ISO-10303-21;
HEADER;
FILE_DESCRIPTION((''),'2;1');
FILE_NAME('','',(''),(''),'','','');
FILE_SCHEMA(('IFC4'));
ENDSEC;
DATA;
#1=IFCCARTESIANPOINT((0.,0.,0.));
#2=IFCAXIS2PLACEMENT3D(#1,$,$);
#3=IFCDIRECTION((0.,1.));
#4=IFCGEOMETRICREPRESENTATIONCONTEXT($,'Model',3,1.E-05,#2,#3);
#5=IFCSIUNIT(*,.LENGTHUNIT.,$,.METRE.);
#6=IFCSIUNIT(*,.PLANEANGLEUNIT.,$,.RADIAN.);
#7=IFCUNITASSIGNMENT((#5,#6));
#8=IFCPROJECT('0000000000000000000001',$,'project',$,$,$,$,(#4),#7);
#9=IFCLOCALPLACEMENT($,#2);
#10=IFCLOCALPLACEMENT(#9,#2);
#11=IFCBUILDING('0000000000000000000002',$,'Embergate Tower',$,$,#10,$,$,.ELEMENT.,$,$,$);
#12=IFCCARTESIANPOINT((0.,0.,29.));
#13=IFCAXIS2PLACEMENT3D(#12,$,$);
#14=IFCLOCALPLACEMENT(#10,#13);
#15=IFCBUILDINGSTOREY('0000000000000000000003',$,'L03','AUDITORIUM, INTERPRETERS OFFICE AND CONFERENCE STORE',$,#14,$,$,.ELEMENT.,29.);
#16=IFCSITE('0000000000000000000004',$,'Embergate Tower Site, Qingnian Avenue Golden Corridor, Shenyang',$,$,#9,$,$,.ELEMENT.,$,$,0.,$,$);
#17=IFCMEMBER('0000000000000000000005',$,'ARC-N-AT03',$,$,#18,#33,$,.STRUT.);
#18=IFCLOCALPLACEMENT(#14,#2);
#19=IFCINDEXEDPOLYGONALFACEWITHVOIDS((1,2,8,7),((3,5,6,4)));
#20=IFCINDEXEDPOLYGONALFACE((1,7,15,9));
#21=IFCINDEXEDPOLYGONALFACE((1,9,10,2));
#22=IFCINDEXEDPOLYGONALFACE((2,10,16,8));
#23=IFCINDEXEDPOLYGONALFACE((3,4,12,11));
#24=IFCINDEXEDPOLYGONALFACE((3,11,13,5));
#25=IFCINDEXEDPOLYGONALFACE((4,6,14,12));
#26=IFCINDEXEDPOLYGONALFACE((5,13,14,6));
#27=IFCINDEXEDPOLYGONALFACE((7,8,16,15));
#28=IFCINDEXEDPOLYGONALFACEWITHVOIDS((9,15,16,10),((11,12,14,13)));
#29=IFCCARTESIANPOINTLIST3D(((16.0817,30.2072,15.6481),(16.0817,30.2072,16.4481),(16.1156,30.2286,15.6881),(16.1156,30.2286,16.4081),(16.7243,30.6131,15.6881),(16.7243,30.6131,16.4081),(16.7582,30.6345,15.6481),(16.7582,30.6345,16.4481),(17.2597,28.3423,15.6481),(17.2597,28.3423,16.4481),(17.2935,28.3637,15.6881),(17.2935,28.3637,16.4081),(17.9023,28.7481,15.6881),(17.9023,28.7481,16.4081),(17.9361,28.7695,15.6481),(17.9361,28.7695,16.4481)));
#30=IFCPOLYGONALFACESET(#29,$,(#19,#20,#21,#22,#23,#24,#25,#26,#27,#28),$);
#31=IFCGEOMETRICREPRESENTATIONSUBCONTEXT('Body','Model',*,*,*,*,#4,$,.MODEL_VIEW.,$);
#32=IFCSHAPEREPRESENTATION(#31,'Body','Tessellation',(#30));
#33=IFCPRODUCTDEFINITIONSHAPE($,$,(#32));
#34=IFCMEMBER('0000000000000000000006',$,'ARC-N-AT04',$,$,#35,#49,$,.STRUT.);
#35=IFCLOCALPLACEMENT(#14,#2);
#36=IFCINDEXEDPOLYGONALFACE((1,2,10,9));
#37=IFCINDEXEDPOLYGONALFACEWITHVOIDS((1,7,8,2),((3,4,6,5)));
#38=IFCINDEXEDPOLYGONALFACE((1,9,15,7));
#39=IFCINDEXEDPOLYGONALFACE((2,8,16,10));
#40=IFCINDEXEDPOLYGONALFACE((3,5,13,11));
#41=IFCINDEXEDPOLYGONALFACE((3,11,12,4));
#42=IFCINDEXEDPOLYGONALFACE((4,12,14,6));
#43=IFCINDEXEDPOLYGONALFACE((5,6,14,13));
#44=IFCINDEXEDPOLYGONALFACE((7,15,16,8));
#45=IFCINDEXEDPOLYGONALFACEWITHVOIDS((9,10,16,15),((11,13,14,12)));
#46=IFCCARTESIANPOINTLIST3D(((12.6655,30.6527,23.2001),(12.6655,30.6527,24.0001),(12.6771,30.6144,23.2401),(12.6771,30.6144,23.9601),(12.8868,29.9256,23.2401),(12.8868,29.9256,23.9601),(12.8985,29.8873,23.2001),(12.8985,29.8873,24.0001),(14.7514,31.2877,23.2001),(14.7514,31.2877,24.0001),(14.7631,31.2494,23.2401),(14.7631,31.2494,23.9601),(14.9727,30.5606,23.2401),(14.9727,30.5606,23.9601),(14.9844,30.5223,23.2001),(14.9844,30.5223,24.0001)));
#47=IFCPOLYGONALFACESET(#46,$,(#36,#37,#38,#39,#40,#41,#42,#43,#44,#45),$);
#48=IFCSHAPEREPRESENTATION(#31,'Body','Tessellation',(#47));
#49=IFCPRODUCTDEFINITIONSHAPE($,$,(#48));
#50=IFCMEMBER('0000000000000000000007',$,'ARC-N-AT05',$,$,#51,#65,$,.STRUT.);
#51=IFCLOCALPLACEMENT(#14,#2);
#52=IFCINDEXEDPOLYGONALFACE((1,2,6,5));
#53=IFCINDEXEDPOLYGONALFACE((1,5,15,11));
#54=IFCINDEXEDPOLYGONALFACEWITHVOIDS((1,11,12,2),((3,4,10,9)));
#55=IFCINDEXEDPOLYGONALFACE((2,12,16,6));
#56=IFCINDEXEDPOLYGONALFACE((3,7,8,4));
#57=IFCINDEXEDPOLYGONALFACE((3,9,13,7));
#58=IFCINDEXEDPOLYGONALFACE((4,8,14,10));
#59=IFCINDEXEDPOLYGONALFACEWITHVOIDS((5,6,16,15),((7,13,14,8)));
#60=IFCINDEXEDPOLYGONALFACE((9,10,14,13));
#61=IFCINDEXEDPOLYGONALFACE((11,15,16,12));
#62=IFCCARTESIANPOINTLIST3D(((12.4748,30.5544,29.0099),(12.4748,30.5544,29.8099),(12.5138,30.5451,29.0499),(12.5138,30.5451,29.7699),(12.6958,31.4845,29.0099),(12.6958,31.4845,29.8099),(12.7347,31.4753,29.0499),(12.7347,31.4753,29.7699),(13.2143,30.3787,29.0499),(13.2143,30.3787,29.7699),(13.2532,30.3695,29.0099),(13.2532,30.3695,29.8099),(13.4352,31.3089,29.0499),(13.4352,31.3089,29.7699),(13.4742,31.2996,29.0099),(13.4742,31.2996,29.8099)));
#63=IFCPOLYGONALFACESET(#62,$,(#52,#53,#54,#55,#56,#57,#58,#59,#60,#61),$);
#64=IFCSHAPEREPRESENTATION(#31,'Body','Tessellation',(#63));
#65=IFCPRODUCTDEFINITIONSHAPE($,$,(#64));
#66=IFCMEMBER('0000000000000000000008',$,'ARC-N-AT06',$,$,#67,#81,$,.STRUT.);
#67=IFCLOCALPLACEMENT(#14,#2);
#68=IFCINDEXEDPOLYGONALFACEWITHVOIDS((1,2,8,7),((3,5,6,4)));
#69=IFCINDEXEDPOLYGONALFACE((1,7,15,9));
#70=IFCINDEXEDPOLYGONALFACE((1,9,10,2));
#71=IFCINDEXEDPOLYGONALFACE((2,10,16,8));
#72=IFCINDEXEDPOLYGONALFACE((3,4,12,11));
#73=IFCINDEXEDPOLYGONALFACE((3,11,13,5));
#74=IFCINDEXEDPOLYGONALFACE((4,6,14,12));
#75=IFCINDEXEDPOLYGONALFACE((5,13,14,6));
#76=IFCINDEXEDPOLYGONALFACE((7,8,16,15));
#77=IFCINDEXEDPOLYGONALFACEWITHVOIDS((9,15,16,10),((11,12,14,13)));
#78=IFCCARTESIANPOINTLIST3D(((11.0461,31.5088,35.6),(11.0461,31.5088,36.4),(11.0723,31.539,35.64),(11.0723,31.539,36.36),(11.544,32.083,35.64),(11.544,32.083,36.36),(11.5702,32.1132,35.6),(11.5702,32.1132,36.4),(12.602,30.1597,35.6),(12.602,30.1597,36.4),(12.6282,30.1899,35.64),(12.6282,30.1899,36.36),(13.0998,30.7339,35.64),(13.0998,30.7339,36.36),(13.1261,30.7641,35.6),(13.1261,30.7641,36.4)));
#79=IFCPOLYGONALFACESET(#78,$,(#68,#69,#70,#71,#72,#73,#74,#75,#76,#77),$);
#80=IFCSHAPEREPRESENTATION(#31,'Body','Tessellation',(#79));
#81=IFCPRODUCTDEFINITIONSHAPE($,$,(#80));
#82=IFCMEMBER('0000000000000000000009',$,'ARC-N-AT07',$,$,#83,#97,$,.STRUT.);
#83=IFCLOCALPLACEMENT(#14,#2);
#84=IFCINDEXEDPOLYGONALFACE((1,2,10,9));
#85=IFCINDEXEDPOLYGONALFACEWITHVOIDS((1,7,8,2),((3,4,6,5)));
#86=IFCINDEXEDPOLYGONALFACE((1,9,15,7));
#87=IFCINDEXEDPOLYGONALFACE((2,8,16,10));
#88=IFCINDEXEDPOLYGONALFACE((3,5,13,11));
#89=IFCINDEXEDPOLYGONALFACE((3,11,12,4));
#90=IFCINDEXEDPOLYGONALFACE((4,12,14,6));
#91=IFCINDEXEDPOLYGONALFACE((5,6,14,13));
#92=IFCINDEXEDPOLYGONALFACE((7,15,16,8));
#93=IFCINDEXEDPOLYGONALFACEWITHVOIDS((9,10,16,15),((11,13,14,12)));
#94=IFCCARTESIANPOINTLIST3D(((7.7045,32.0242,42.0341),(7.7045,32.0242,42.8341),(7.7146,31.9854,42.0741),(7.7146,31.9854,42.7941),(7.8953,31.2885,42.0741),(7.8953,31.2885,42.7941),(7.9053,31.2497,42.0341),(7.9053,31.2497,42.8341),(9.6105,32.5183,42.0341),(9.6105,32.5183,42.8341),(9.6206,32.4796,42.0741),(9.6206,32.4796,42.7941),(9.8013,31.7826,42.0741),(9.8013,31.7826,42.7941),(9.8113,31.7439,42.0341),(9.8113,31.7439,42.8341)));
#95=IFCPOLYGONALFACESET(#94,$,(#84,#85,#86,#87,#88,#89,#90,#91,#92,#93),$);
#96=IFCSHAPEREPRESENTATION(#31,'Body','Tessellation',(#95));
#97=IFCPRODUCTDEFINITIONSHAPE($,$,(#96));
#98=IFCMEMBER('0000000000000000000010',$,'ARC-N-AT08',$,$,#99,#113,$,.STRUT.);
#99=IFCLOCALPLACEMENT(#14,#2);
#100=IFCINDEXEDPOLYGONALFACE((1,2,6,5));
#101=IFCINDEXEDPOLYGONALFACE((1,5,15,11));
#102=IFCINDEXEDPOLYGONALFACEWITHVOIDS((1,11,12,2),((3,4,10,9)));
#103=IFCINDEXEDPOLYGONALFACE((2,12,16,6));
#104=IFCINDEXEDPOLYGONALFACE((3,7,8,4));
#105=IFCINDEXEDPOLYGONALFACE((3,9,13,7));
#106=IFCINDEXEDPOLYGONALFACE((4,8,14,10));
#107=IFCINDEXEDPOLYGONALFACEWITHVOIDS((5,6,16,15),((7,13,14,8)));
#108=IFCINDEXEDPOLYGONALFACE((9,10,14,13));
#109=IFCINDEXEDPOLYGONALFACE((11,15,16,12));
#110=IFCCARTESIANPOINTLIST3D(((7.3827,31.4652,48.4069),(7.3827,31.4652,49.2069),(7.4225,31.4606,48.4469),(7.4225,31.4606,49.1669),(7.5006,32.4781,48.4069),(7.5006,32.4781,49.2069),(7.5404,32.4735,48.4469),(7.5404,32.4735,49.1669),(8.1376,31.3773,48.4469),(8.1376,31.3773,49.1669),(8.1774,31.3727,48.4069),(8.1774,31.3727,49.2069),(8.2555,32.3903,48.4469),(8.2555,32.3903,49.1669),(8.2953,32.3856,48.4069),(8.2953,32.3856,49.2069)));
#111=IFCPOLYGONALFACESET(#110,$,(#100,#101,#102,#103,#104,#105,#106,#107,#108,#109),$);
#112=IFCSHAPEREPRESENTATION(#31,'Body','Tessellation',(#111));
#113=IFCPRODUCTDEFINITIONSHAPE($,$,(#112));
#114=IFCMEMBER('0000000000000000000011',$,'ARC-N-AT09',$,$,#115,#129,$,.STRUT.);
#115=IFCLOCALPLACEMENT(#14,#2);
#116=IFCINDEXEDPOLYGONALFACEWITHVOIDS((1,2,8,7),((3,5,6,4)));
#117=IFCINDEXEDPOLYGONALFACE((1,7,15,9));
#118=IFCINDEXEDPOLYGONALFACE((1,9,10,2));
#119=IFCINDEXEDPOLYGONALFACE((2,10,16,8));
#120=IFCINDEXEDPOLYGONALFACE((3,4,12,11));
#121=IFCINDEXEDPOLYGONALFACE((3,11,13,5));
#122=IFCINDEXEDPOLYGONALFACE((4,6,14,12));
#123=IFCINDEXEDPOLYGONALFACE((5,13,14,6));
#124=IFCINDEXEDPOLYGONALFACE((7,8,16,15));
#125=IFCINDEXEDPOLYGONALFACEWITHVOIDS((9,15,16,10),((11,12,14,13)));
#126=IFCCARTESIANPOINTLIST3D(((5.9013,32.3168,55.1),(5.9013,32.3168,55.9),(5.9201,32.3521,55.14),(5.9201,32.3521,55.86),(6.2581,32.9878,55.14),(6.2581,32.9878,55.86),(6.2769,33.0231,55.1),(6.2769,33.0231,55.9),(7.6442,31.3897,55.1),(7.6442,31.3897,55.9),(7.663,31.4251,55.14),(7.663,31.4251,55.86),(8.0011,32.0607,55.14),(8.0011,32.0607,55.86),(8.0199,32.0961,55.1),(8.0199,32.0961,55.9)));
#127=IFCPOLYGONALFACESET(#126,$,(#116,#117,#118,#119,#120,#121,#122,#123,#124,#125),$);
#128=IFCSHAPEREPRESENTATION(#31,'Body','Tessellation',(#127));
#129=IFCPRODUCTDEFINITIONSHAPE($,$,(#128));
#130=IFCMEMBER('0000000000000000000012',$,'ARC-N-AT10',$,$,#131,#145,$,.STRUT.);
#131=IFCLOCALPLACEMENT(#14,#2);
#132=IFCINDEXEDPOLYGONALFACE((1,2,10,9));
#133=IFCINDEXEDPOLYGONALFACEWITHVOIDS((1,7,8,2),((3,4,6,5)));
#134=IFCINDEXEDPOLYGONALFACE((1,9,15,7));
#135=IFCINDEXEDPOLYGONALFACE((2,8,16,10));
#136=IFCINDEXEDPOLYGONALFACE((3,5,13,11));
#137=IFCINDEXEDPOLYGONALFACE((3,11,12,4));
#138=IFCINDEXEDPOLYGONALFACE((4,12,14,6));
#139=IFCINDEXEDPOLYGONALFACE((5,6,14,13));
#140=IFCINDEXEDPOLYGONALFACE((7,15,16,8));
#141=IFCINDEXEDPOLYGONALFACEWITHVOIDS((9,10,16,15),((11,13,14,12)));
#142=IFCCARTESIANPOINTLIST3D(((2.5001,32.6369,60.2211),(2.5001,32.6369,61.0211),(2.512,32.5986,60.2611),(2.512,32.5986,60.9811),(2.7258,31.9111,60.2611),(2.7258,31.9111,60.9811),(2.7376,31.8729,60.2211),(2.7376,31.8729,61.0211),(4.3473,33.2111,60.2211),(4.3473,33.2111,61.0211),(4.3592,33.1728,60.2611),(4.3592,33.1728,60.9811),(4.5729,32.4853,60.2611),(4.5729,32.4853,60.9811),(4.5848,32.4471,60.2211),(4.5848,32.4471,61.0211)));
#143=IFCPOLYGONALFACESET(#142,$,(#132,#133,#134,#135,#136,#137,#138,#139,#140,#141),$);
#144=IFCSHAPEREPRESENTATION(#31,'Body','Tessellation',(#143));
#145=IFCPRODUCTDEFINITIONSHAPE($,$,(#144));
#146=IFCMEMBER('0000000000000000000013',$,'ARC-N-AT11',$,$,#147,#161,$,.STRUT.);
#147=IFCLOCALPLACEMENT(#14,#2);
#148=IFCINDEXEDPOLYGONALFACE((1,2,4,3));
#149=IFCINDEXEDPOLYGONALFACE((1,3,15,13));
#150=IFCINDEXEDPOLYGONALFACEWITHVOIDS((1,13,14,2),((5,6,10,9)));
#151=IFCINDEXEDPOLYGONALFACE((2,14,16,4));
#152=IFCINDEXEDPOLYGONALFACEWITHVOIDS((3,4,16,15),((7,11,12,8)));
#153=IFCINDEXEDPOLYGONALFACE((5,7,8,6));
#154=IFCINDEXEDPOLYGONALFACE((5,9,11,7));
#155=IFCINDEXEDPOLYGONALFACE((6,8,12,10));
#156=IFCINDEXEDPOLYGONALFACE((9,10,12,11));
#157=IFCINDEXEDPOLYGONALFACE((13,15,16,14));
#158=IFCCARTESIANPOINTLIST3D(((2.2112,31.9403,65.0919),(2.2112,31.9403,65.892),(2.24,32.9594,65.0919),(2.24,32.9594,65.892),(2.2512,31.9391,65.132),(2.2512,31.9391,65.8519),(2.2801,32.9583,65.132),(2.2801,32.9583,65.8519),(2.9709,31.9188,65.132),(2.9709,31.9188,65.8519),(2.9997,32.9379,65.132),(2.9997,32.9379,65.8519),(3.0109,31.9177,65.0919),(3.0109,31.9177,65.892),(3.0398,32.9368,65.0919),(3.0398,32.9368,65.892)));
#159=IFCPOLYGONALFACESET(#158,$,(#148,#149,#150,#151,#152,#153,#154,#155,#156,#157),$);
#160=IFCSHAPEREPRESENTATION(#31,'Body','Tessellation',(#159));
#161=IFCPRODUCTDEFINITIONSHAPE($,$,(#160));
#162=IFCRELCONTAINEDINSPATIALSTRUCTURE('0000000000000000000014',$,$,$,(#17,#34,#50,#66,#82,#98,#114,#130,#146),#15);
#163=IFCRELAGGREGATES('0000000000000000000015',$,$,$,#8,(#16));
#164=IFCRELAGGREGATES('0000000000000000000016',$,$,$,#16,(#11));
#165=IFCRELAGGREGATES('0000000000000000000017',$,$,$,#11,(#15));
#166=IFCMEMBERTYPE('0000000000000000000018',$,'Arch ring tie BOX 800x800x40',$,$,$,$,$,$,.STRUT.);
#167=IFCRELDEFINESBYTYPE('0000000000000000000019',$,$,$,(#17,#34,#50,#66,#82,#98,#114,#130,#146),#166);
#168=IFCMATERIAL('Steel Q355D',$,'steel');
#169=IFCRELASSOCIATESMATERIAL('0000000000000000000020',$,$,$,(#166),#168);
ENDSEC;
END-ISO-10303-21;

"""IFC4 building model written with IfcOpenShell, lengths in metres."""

from ifc_helpers import new_model, si_unit, direction, frame, origin, origin_2d, place, context, subcontext, project, spatial, hollow_rectangle, extrude, source, transform, mapped, material, material_profile, profile_set, type_object, element, save


model = new_model("IFC4")

# Units and contexts
model_context = context("Model", 3, precision=1e-05, world=origin(), true_north=direction((0.0, 1.0)))
body_context = subcontext(model_context, "Body", "Model", "MODEL_VIEW")
ifc_project = project(units=[si_unit("LENGTHUNIT", "METRE"), si_unit("PLANEANGLEUNIT", "RADIAN")], contexts=[model_context])

# Site, building, storey
site_placement = place(None, origin())
site = spatial("IfcSite", under=ifc_project, at=site_placement, Name="Embergate Tower Site, Qingnian Avenue Golden Corridor, Shenyang", CompositionType="ELEMENT", RefElevation=0.0)
building_placement = place(site_placement, origin())
building = spatial("IfcBuilding", under=site, at=building_placement, Name="Embergate Tower", CompositionType="ELEMENT")
storey_placement = place(building_placement, frame((0.0, 0.0, 29.0)))
storey = spatial("IfcBuildingStorey", under=building, at=storey_placement, Name="L03", Description="AUDITORIUM, INTERPRETERS OFFICE AND CONFERENCE STORE", CompositionType="ELEMENT", Elevation=29.0)

# Members
ifc_material_1 = material(Name="Steel Q355D", Category="steel")
ifc_material_profile_1 = material_profile(ifc_material_1, hollow_rectangle(XDim=0.8, YDim=0.8, WallThickness=0.04, at=origin_2d()), Name="BOX 800x800x40")
ifc_profile_set_1 = profile_set([ifc_material_profile_1], Name="Steel Q355 grade D")
member_type_1 = type_object("IfcMemberType", Name="Arch ring tie BOX 800x800x40", PredefinedType="STRUT", material=ifc_profile_set_1)
shared_shape_1 = source(origin(), body_context, "Body", "SweptSolid", [
    extrude(hollow_rectangle(XDim=0.8, YDim=0.8, WallThickness=0.04, at=origin_2d()), origin(), (0.0, 0.0, 1.0), 2.2058),
])
member_1_placement = place(storey_placement, frame((17.5979, 28.5559, 16.0481), z_axis=(-0.534022, 0.84547, 0.0), x_axis=(-0.84547, -0.534022, 0.0)))
element("IfcMember", 1, at=member_1_placement, inside=storey, type_object=member_type_1, Name="ARC-N-AT03", PredefinedType="STRUT", context=body_context, shape_type="MappedRepresentation", body=[
    mapped(shared_shape_1, transform((0.0, 0.0, 0.0))),
])
shared_shape_2 = source(origin(), body_context, "Body", "SweptSolid", [
    extrude(hollow_rectangle(XDim=0.8, YDim=0.8, WallThickness=0.04, at=origin_2d()), origin(), (0.0, 0.0, 1.0), 2.1804),
])
member_2_placement = place(storey_placement, frame((12.782, 30.27, 23.6001), z_axis=(0.956654, 0.291228, 0.0), x_axis=(-0.291228, 0.956654, 0.0)))
element("IfcMember", 2, at=member_2_placement, inside=storey, type_object=member_type_1, Name="ARC-N-AT04", PredefinedType="STRUT", context=body_context, shape_type="MappedRepresentation", body=[
    mapped(shared_shape_2, transform((0.0, 0.0, 0.0))),
])
shared_shape_3 = source(origin(), body_context, "Body", "SweptSolid", [
    extrude(hollow_rectangle(XDim=0.8, YDim=0.8, WallThickness=0.04, at=origin_2d()), origin(), (0.0, 0.0, 1.0), 0.9561),
])
member_3_placement = place(storey_placement, frame((12.864, 30.4619, 29.4099), z_axis=(0.231103, 0.972929, 0.0), x_axis=(-0.972929, 0.231103, 0.0)))
element("IfcMember", 3, at=member_3_placement, inside=storey, type_object=member_type_1, Name="ARC-N-AT05", PredefinedType="STRUT", context=body_context, shape_type="MappedRepresentation", body=[
    mapped(shared_shape_3, transform((0.0, 0.0, 0.0))),
])
shared_shape_4 = source(origin(), body_context, "Body", "SweptSolid", [
    extrude(hollow_rectangle(XDim=0.8, YDim=0.8, WallThickness=0.04, at=origin_2d()), origin(), (0.0, 0.0, 1.0), 2.0593),
])
member_4_placement = place(storey_placement, frame((12.864, 30.4619, 36.0), z_axis=(-0.755529, 0.655116, 0.0), x_axis=(-0.655116, -0.755529, 0.0)))
element("IfcMember", 4, at=member_4_placement, inside=storey, type_object=member_type_1, Name="ARC-N-AT06", PredefinedType="STRUT", context=body_context, shape_type="MappedRepresentation", body=[
    mapped(shared_shape_4, transform((0.0, 0.0, 0.0))),
])
shared_shape_5 = source(origin(), body_context, "Body", "SweptSolid", [
    extrude(hollow_rectangle(XDim=0.8, YDim=0.8, WallThickness=0.04, at=origin_2d()), origin(), (0.0, 0.0, 1.0), 1.969),
])
member_5_placement = place(storey_placement, frame((7.8049, 31.637, 42.4341), z_axis=(0.967998, 0.250958, 0.0), x_axis=(-0.250958, 0.967998, 0.0)))
element("IfcMember", 5, at=member_5_placement, inside=storey, type_object=member_type_1, Name="ARC-N-AT07", PredefinedType="STRUT", context=body_context, shape_type="MappedRepresentation", body=[
    mapped(shared_shape_5, transform((0.0, 0.0, 0.0))),
])
shared_shape_6 = source(origin(), body_context, "Body", "SweptSolid", [
    extrude(hollow_rectangle(XDim=0.8, YDim=0.8, WallThickness=0.04, at=origin_2d()), origin(), (0.0, 0.0, 1.0), 1.0198),
])
member_6_placement = place(storey_placement, frame((7.78, 31.4189, 48.8069), z_axis=(0.115633, 0.993292, 0.0), x_axis=(-0.993292, 0.115633, 0.0)))
element("IfcMember", 6, at=member_6_placement, inside=storey, type_object=member_type_1, Name="ARC-N-AT08", PredefinedType="STRUT", context=body_context, shape_type="MappedRepresentation", body=[
    mapped(shared_shape_6, transform((0.0, 0.0, 0.0))),
])
shared_shape_7 = source(origin(), body_context, "Body", "SweptSolid", [
    extrude(hollow_rectangle(XDim=0.8, YDim=0.8, WallThickness=0.04, at=origin_2d()), origin(), (0.0, 0.0, 1.0), 1.9741),
])
member_7_placement = place(storey_placement, frame((7.832, 31.7429, 55.5), z_axis=(-0.88289, 0.46958, 0.0), x_axis=(-0.46958, -0.88289, 0.0)))
element("IfcMember", 7, at=member_7_placement, inside=storey, type_object=member_type_1, Name="ARC-N-AT09", PredefinedType="STRUT", context=body_context, shape_type="MappedRepresentation", body=[
    mapped(shared_shape_7, transform((0.0, 0.0, 0.0))),
])
shared_shape_8 = source(origin(), body_context, "Body", "SweptSolid", [
    extrude(hollow_rectangle(XDim=0.8, YDim=0.8, WallThickness=0.04, at=origin_2d()), origin(), (0.0, 0.0, 1.0), 1.9343),
])
member_8_placement = place(storey_placement, frame((2.6189, 32.2549, 60.6211), z_axis=(0.954924, 0.296852, 0.0), x_axis=(-0.296852, 0.954924, 0.0)))
element("IfcMember", 8, at=member_8_placement, inside=storey, type_object=member_type_1, Name="ARC-N-AT10", PredefinedType="STRUT", context=body_context, shape_type="MappedRepresentation", body=[
    mapped(shared_shape_8, transform((0.0, 0.0, 0.0))),
])
shared_shape_9 = source(origin(), body_context, "Body", "SweptSolid", [
    extrude(hollow_rectangle(XDim=0.8, YDim=0.8, WallThickness=0.04, at=origin_2d()), origin(), (0.0, 0.0, 1.0), 1.0195),
])
member_9_placement = place(storey_placement, frame((2.6111, 31.929, 65.4919), z_axis=(0.028259, 0.999601, 0.0), x_axis=(-0.999601, 0.028259, 0.0)))
element("IfcMember", 9, at=member_9_placement, inside=storey, type_object=member_type_1, Name="ARC-N-AT11", PredefinedType="STRUT", context=body_context, shape_type="MappedRepresentation", body=[
    mapped(shared_shape_9, transform((0.0, 0.0, 0.0))),
])

save(model, "model.ifc")
